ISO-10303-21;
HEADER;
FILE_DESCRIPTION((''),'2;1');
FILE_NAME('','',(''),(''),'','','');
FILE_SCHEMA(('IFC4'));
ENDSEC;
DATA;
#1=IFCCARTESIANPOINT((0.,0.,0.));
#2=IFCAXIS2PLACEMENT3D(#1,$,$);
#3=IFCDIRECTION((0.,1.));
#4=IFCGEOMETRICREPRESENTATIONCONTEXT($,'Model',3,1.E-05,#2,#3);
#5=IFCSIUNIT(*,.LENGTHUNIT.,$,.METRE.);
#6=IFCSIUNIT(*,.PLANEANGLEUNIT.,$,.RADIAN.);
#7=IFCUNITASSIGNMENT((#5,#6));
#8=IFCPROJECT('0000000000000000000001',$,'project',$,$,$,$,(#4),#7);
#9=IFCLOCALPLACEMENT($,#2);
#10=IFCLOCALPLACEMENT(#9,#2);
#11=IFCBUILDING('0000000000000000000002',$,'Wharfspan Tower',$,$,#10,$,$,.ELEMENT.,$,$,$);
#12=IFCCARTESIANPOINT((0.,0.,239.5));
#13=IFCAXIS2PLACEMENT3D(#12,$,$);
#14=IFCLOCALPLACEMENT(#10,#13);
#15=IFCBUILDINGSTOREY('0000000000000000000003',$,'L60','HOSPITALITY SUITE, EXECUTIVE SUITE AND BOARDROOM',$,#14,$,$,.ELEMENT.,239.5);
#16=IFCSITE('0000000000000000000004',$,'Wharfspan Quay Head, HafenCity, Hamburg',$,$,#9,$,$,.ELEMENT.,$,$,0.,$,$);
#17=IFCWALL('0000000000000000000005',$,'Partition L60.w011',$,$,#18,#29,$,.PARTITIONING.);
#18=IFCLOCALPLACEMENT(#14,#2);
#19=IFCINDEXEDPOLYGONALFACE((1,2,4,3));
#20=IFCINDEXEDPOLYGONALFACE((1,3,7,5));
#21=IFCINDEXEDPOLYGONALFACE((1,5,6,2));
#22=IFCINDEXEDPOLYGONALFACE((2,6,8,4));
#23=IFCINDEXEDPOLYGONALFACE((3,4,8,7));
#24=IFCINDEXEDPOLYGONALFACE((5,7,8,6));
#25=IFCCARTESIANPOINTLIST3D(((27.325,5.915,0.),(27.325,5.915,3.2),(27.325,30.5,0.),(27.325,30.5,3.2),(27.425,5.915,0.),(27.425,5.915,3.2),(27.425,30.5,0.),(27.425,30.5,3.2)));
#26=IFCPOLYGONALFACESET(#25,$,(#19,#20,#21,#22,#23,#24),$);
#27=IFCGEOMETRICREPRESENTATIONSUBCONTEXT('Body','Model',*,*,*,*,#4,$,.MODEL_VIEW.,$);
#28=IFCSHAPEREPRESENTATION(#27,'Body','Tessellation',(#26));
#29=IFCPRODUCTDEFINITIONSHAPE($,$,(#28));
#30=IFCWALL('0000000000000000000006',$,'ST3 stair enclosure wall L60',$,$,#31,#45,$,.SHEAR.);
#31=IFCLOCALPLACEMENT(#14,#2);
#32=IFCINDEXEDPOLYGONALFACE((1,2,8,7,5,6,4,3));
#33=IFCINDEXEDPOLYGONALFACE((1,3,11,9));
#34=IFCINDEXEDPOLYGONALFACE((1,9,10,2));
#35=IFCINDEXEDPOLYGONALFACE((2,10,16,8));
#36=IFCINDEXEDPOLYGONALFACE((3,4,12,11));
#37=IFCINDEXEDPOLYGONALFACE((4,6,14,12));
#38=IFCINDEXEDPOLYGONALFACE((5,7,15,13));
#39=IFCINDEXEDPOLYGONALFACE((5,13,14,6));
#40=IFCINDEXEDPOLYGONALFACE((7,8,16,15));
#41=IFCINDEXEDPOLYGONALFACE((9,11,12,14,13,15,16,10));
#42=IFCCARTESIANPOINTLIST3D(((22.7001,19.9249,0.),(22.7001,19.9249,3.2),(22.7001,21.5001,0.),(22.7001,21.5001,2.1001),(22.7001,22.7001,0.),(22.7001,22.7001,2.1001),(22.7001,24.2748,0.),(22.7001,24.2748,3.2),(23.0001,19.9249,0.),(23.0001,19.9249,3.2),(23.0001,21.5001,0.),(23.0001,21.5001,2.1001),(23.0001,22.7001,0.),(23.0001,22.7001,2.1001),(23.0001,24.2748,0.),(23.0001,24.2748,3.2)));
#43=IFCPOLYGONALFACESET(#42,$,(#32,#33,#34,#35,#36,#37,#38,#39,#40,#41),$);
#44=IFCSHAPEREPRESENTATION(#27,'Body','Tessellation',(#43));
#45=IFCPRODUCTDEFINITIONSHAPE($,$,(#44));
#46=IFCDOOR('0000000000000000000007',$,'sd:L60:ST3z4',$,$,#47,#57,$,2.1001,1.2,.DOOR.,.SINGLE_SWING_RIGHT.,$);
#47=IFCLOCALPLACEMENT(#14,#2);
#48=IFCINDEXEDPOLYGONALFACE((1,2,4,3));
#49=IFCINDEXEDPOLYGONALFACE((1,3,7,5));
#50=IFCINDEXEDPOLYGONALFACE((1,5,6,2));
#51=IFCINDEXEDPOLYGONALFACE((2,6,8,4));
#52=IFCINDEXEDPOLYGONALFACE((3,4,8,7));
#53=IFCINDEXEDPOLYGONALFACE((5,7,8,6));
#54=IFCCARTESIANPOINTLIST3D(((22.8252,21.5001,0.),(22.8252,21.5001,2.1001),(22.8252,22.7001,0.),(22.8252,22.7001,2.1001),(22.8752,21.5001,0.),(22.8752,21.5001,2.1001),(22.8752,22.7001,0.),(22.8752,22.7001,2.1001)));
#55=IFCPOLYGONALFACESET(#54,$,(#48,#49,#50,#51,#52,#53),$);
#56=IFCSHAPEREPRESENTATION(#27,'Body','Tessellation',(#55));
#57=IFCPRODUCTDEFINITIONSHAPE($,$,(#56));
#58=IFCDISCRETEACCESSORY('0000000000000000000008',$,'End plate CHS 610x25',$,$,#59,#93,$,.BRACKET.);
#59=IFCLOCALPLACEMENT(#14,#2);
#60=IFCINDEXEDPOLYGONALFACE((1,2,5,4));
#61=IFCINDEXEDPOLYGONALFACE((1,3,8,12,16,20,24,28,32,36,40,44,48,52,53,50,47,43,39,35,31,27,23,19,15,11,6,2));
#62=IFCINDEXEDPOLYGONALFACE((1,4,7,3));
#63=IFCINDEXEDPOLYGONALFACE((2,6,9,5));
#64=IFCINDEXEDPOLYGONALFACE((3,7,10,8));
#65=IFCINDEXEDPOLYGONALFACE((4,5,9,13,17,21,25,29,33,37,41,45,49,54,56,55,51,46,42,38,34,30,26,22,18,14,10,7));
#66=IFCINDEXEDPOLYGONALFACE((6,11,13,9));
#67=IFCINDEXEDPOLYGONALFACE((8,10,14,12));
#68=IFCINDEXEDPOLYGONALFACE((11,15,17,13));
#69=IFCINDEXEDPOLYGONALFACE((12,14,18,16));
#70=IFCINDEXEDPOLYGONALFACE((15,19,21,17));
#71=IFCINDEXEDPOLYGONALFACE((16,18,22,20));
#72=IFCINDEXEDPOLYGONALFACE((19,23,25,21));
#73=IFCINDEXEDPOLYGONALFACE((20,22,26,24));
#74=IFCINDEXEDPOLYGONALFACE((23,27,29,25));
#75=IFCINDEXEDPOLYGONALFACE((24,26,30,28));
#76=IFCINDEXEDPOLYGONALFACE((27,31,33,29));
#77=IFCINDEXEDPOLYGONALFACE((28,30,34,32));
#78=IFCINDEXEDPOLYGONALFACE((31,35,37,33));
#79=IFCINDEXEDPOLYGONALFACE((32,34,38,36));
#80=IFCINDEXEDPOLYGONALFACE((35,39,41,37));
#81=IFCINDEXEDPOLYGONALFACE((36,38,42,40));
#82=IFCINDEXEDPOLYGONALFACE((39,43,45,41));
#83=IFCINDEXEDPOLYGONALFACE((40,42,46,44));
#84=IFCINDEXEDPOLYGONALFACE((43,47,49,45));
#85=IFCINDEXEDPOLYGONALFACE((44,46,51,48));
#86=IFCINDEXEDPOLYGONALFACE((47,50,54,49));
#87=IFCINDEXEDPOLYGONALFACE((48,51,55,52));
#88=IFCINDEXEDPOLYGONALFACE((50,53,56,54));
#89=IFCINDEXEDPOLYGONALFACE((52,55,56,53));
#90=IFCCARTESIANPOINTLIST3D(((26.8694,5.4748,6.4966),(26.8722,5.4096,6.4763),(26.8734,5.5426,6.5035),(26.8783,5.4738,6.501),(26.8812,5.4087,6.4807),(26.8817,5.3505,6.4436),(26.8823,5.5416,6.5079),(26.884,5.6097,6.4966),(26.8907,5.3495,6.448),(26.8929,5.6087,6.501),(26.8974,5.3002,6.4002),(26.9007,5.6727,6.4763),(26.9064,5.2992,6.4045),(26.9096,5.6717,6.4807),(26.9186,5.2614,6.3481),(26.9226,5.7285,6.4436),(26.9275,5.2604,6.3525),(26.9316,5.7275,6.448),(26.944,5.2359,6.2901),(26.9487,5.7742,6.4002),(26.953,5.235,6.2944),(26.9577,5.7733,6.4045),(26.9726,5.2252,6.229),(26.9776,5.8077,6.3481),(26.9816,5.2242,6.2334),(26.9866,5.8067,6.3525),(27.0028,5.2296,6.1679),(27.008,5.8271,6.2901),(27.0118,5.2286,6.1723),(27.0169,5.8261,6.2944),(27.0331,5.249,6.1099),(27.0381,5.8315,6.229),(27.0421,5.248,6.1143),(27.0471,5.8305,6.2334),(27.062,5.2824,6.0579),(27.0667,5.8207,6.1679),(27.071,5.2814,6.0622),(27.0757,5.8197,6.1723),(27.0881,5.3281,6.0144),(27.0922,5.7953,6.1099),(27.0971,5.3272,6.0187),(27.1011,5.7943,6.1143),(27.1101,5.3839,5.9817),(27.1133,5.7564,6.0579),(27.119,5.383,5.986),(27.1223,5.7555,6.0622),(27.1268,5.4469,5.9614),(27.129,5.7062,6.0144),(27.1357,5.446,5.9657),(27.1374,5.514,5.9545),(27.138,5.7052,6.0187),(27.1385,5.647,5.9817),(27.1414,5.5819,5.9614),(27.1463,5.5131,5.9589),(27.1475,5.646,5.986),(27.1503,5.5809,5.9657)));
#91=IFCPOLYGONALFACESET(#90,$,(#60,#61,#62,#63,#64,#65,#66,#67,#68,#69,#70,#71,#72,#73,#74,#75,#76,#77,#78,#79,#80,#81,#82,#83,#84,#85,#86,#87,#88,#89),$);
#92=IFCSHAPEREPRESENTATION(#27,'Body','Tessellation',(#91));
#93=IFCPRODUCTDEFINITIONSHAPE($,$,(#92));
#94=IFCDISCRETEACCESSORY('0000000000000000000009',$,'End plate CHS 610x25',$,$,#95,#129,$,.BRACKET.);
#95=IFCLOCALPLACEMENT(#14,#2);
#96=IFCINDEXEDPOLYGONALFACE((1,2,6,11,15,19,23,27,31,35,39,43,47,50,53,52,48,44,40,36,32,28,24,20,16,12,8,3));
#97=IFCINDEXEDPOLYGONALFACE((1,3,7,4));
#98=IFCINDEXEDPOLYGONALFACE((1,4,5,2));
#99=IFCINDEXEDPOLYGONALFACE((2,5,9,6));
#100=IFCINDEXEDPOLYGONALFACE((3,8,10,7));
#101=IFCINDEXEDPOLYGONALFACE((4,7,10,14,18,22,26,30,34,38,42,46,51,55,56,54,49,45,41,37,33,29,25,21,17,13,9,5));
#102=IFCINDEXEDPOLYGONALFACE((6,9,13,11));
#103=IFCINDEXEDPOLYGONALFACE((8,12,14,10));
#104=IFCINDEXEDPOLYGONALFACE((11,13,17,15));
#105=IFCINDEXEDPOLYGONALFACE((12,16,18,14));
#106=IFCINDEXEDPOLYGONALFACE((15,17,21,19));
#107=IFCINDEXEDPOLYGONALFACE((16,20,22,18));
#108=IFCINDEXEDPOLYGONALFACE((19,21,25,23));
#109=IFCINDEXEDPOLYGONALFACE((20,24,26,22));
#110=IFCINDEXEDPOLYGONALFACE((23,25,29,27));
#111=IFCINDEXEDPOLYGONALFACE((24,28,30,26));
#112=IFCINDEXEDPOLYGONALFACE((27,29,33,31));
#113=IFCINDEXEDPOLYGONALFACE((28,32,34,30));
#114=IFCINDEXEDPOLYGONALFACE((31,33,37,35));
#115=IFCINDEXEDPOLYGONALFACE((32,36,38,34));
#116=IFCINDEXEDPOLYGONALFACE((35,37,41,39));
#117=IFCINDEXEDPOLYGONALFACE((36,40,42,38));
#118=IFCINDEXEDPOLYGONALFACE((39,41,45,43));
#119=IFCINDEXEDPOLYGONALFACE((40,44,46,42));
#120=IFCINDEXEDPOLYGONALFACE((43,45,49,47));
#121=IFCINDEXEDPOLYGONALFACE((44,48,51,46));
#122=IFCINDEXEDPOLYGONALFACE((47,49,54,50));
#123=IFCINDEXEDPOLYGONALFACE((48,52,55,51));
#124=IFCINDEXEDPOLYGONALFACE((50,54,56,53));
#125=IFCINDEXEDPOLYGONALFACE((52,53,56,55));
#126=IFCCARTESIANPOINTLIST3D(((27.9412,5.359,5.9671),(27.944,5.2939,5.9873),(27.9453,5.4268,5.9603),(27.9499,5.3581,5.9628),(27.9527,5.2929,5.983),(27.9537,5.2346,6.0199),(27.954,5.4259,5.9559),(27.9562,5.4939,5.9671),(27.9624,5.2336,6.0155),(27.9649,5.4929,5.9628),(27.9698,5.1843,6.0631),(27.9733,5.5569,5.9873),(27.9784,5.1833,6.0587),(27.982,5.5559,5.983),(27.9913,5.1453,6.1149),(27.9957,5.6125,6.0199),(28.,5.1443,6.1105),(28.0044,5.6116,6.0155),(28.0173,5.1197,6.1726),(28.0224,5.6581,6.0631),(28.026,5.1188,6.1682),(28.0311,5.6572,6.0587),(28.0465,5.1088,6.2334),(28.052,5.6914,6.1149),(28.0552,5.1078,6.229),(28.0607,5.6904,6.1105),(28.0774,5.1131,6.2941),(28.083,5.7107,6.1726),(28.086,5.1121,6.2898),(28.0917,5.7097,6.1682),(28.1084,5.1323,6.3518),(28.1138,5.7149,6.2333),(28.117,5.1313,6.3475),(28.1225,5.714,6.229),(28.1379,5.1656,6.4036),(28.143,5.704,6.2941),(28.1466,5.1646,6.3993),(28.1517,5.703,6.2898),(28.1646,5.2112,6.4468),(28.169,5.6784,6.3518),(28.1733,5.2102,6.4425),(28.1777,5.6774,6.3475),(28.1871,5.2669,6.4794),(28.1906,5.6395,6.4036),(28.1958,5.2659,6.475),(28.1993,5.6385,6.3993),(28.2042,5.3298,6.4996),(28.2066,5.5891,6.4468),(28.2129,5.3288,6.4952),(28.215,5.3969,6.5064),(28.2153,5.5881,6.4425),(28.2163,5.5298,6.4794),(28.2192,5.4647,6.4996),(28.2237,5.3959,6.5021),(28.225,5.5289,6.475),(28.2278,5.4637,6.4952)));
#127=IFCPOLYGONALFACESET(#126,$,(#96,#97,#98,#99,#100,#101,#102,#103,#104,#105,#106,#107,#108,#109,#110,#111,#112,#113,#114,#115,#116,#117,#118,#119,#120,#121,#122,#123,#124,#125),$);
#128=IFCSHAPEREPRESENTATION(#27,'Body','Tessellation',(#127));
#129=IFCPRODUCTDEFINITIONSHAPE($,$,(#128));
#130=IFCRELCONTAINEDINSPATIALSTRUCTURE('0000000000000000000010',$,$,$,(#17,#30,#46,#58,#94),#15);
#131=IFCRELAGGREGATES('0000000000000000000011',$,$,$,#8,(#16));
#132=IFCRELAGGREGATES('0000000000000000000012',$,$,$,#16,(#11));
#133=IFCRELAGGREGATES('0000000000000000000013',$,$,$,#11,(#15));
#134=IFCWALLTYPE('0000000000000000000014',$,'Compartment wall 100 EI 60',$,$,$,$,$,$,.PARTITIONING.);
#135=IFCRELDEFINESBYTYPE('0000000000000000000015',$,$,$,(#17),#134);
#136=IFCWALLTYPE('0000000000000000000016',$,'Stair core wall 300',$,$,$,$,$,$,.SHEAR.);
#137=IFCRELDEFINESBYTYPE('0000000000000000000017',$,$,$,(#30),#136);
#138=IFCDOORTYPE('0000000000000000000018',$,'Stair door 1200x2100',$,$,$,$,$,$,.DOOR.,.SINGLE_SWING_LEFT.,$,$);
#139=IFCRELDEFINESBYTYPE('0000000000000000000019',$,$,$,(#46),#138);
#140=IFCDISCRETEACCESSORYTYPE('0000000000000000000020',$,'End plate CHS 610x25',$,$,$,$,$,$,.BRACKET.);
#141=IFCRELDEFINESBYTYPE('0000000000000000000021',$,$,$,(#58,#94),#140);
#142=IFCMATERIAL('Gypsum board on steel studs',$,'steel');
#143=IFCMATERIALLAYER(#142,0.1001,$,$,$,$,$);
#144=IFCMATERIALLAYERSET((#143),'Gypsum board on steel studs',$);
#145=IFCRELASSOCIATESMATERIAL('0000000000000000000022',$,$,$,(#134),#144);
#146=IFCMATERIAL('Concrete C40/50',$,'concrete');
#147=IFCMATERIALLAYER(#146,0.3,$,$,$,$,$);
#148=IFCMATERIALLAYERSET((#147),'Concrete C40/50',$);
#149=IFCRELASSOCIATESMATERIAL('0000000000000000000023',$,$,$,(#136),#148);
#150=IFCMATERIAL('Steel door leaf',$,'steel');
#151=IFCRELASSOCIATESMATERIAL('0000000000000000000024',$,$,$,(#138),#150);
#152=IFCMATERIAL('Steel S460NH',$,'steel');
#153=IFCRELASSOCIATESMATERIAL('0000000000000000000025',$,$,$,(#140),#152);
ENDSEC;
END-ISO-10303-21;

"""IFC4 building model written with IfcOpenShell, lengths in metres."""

from ifc_helpers import new_model, si_unit, direction, frame, frame_2d, origin, origin_2d, place, context, subcontext, project, spatial, rectangle, circle, extrude, material, layer, layer_set, material_profile, profile_set, type_object, element, fill, save


model = new_model("IFC4")

# Units and contexts
model_context = context("Model", 3, precision=1e-05, world=origin(), true_north=direction((0.0, 1.0)))
body_context = subcontext(model_context, "Body", "Model", "MODEL_VIEW")
ifc_project = project(units=[si_unit("LENGTHUNIT", "METRE"), si_unit("PLANEANGLEUNIT", "RADIAN")], contexts=[model_context])

# Site, building, storey
site_placement = place(None, origin())
site = spatial("IfcSite", under=ifc_project, at=site_placement, Name="Wharfspan Quay Head, HafenCity, Hamburg", CompositionType="ELEMENT", RefElevation=0.0)
building_placement = place(site_placement, origin())
building = spatial("IfcBuilding", under=site, at=building_placement, Name="Wharfspan Tower", CompositionType="ELEMENT")
storey_placement = place(building_placement, frame((0.0, 0.0, 239.5)))
storey = spatial("IfcBuildingStorey", under=building, at=storey_placement, Name="L60", Description="HOSPITALITY SUITE, EXECUTIVE SUITE AND BOARDROOM", CompositionType="ELEMENT", Elevation=239.5)

# Shared definitions
ifc_material_1 = material(Name="Steel S460NH", Category="steel")

# Wall
ifc_material_2 = material(Name="Gypsum board on steel studs", Category="steel")
ifc_layer_1 = layer(ifc_material_2, 0.1001)
ifc_layer_set_1 = layer_set([ifc_layer_1], Name="Gypsum board on steel studs")
wall_type_1 = type_object("IfcWallType", Name="Compartment wall 100 EI 60", PredefinedType="PARTITIONING", material=ifc_layer_set_1)
wall_1_placement = place(storey_placement, frame((27.375, 5.915, 0.0), z_axis=(0.0, 0.0, 1.0), x_axis=(0.0, 1.0, 0.0)))
element("IfcWall", 1, at=wall_1_placement, inside=storey, type_object=wall_type_1, Name="Partition L60.w011", PredefinedType="PARTITIONING", context=body_context, shape_type="SweptSolid", body=[
    extrude(rectangle(XDim=24.585, YDim=0.1001, at=frame_2d((12.2925, 0.0))), origin(), (0.0, 0.0, 1.0), 3.2),
])

# Wall, opening, door
ifc_material_3 = material(Name="Concrete C40/50", Category="concrete")
ifc_layer_2 = layer(ifc_material_3, 0.3)
ifc_layer_set_2 = layer_set([ifc_layer_2], Name="Concrete C40/50")
wall_type_2 = type_object("IfcWallType", Name="Stair core wall 300", PredefinedType="SHEAR", material=ifc_layer_set_2)
wall_2_placement = place(storey_placement, frame((22.8501, 19.925, 0.0), z_axis=(0.0, 0.0, 1.0), x_axis=(0.0, 1.0, 0.0)))
wall_2 = element("IfcWall", 2, at=wall_2_placement, inside=storey, type_object=wall_type_2, Name="ST3 stair enclosure wall L60", PredefinedType="SHEAR", context=body_context, shape_type="SweptSolid", body=[
    extrude(rectangle(XDim=4.3499, YDim=0.3, at=frame_2d((2.1748, 0.0))), origin(), (0.0, 0.0, 1.0), 3.2),
])
opening_placement = place(wall_2_placement, frame((1.575, 0.0, 0.0)))
opening = element("IfcOpeningElement", 3, at=opening_placement, cuts=wall_2, PredefinedType="OPENING", context=body_context, shape_type="SweptSolid", body=[
    extrude(rectangle(XDim=1.2, YDim=2.1001, at=frame_2d((0.6001, 1.05))), frame((0.0, 0.1599, 0.0), z_axis=(0.0, -1.0, 0.0), x_axis=(1.0, 0.0, 0.0)), (0.0, 0.0, 1.0), 0.3201),
])
ifc_material_4 = material(Name="Steel door leaf", Category="steel")
door_type = type_object("IfcDoorType", Name="Stair door 1200x2100", OperationType="SINGLE_SWING_LEFT", PredefinedType="DOOR", material=ifc_material_4)
door_placement = place(opening_placement, origin())
door = element("IfcDoor", 4, at=door_placement, inside=storey, type_object=door_type, Name="sd:L60:ST3z4", OperationType="SINGLE_SWING_RIGHT", OverallHeight=2.1001, OverallWidth=1.2, PredefinedType="DOOR", context=body_context, shape_type="SweptSolid", body=[
    extrude(rectangle(XDim=1.2, YDim=2.1001, at=frame_2d((0.6001, 1.05))), frame((0.0, 0.0249, 0.0), z_axis=(0.0, -1.0, 0.0), x_axis=(1.0, 0.0, 0.0)), (0.0, 0.0, 1.0), 0.05),
])
fill(opening, door)

# Discrete accessories
ifc_material_profile_1 = material_profile(ifc_material_1, circle(Radius=0.3049, at=origin_2d()))
ifc_profile_set_1 = profile_set([ifc_material_profile_1], Name="Steel S460NH")
discrete_accessory_type = type_object("IfcDiscreteAccessoryType", Name="End plate CHS 610x25", PredefinedType="BRACKET", material=ifc_profile_set_1)
discrete_accessory_1_placement = place(storey_placement, frame((27.0054, 5.5283, 6.229), z_axis=(0.895016, -0.096758, 0.435413), x_axis=(0.107482, 0.994209, -0.000001)))
element("IfcDiscreteAccessory", 5, at=discrete_accessory_1_placement, inside=storey, type_object=discrete_accessory_type, Name="End plate CHS 610x25", PredefinedType="BRACKET", context=body_context, shape_type="SweptSolid", body=[
    extrude(circle(Radius=0.3049, at=origin_2d()), origin(), (0.0, 0.0, 1.0), 0.01),
])
discrete_accessory_2_placement = place(storey_placement, frame((28.0889, 5.4109, 6.229), z_axis=(-0.890043, 0.098894, 0.445021), x_axis=(-0.110431, -0.99388, 0.000001)))
element("IfcDiscreteAccessory", 6, at=discrete_accessory_2_placement, inside=storey, type_object=discrete_accessory_type, Name="End plate CHS 610x25", PredefinedType="BRACKET", context=body_context, shape_type="SweptSolid", body=[
    extrude(circle(Radius=0.3049, at=origin_2d()), origin(), (0.0, 0.0, 1.0), 0.0098),
])

save(model, "model.ifc")
